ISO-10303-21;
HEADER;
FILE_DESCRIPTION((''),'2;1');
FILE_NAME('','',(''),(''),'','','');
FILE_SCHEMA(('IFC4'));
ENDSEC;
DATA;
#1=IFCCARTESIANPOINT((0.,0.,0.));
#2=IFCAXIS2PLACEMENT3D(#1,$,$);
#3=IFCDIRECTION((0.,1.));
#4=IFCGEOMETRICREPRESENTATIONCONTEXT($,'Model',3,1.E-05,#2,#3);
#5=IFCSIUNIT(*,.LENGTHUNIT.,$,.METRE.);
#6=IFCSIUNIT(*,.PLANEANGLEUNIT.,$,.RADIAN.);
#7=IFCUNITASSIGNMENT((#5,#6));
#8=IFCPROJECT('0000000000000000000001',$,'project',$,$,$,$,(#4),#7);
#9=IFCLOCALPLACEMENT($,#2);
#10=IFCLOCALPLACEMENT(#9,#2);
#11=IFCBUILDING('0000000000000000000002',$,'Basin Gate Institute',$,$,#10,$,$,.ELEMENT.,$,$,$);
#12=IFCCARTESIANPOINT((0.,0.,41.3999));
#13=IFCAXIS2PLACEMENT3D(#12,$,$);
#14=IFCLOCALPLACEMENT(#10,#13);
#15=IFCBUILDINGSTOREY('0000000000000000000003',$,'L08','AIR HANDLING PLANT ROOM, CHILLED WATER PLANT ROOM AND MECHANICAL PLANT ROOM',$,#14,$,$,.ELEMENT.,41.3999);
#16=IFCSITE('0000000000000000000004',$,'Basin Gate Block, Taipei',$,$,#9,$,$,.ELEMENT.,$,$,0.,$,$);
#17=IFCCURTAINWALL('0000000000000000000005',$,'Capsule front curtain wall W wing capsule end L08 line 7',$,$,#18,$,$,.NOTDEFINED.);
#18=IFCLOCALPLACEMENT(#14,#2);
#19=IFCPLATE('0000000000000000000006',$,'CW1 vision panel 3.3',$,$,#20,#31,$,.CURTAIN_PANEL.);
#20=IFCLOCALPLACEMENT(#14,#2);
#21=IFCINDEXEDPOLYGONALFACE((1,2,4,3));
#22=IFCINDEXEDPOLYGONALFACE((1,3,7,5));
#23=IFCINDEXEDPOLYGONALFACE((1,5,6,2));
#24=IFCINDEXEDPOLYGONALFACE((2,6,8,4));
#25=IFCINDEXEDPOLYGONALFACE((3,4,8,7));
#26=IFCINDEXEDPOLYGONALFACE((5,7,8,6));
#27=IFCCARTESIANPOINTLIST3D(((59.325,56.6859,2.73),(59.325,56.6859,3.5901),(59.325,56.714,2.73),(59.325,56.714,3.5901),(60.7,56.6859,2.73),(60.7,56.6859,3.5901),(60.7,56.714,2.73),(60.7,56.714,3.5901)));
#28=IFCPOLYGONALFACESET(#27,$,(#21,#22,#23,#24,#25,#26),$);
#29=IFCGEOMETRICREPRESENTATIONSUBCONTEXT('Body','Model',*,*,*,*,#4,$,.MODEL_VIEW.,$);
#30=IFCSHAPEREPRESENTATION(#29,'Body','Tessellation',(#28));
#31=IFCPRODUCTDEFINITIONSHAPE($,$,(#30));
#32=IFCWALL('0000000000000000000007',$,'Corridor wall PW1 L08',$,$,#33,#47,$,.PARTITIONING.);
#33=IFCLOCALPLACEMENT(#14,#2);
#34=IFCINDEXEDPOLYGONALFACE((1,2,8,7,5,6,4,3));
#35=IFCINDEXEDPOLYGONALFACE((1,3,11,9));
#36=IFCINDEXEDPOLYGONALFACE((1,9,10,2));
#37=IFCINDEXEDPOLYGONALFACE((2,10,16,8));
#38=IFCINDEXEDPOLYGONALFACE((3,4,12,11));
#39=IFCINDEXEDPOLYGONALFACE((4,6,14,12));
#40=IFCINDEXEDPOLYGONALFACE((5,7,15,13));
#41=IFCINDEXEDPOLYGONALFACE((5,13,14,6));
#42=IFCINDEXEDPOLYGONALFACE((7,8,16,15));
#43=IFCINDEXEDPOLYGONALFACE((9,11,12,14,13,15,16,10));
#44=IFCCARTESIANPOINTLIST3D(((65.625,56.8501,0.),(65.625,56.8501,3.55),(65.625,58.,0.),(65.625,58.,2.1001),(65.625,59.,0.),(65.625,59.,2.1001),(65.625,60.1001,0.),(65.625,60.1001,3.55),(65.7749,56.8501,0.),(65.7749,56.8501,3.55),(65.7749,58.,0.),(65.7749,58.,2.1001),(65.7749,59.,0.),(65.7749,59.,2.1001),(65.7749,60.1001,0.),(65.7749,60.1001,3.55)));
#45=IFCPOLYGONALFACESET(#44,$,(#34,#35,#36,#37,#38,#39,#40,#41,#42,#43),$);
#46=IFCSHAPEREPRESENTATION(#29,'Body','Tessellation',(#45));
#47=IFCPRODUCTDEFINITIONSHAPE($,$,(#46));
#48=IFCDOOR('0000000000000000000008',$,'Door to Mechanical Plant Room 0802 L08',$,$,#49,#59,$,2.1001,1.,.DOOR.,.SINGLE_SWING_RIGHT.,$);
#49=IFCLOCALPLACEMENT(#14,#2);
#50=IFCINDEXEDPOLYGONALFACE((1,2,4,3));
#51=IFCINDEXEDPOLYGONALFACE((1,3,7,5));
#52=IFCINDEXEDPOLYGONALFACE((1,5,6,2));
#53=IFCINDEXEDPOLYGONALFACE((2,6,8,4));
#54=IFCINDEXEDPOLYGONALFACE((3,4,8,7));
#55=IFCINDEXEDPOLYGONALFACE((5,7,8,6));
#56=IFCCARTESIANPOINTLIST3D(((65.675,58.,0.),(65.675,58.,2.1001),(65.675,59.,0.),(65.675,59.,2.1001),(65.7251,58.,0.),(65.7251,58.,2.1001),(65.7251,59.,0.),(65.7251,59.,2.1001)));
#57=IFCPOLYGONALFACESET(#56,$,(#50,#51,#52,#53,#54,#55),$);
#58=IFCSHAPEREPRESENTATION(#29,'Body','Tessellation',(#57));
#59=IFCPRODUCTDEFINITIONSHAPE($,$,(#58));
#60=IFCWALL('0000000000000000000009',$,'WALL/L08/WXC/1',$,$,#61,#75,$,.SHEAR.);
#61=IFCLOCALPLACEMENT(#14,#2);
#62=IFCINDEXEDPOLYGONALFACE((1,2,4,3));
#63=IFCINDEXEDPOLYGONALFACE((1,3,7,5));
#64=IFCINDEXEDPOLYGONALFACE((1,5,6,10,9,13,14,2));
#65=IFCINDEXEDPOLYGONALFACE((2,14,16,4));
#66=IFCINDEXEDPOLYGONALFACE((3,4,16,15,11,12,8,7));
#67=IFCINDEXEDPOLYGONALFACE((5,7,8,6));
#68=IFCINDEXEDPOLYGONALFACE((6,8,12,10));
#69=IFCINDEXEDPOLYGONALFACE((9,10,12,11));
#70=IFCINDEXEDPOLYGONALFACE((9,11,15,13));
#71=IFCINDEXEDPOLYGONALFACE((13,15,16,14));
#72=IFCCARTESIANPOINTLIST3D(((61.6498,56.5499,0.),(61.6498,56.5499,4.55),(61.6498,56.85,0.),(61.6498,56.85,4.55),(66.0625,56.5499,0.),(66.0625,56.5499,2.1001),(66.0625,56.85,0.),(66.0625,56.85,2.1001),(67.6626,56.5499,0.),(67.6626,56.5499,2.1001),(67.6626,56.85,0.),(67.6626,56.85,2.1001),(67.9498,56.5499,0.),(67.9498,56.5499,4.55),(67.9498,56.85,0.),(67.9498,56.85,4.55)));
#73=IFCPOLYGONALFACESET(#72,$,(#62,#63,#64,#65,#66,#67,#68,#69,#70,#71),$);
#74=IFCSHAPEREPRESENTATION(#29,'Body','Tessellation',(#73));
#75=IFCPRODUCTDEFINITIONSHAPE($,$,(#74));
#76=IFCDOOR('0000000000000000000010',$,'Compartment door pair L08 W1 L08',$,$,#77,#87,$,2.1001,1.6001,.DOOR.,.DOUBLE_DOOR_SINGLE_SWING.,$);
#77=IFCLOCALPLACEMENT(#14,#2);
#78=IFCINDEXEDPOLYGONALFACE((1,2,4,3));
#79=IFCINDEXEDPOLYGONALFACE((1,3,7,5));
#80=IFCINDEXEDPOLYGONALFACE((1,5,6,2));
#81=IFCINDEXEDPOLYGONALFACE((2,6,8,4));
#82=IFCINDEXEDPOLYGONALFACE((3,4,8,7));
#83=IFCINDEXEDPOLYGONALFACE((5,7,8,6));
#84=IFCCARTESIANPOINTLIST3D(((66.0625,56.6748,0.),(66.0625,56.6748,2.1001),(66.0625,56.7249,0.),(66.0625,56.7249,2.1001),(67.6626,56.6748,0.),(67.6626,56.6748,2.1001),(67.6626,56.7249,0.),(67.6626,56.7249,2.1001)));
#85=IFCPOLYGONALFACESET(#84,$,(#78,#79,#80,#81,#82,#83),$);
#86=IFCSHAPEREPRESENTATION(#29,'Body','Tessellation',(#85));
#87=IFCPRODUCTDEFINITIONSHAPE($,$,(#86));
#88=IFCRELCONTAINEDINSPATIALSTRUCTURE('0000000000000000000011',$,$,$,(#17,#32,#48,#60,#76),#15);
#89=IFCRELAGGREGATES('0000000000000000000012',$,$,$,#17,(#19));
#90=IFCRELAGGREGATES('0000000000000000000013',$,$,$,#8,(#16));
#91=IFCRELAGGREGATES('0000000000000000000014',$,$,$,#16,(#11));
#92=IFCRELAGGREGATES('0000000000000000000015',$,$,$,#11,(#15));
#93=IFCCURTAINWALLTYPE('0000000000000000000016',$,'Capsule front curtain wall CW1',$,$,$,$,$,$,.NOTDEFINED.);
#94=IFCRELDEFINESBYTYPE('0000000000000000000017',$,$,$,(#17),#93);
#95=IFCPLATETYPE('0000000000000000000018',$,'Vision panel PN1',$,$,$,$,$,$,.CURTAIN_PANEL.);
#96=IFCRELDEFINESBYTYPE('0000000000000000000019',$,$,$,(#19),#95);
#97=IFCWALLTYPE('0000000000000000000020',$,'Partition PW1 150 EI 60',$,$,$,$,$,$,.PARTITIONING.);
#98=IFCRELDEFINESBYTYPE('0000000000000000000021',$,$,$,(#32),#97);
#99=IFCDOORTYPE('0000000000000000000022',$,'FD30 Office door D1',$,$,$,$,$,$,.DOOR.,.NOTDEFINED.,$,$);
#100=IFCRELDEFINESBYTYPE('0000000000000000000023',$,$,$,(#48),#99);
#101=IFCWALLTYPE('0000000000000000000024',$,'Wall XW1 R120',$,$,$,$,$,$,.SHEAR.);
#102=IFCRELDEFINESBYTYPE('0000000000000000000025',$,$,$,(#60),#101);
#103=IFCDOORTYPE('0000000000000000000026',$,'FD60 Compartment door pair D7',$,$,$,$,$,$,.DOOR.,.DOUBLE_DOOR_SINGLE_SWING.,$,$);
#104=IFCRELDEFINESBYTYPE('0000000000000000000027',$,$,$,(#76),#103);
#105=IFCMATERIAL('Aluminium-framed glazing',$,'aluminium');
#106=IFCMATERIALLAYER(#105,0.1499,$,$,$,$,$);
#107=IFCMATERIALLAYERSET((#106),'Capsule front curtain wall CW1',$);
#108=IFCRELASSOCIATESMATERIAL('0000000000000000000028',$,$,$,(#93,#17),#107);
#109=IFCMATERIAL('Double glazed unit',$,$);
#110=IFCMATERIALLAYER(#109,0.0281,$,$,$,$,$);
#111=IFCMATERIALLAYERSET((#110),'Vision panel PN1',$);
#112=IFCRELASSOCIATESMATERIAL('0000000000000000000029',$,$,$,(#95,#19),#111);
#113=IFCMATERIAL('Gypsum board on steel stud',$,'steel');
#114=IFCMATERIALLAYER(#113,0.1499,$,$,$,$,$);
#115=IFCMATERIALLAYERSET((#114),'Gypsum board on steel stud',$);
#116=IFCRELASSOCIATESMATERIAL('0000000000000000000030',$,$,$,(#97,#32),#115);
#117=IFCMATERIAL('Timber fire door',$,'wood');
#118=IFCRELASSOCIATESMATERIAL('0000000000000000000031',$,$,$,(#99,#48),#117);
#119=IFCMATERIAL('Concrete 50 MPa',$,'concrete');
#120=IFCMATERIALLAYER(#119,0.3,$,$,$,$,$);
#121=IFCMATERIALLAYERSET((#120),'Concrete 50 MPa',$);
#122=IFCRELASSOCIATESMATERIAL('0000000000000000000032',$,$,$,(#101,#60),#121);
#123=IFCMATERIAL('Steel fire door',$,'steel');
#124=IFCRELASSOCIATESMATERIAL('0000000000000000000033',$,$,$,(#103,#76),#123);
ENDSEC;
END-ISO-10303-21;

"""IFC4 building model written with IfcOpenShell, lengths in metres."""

from ifc_helpers import new_model, si_unit, direction, frame, frame_2d, origin, origin_2d, place, context, subcontext, project, spatial, rectangle, extrude, material, layer, layer_set, type_object, element, fill, aggregate, save


model = new_model("IFC4")

# Units and contexts
model_context = context("Model", 3, precision=1e-05, world=origin(), true_north=direction((0.0, 1.0)))
body_context = subcontext(model_context, "Body", "Model", "MODEL_VIEW")
ifc_project = project(units=[si_unit("LENGTHUNIT", "METRE"), si_unit("PLANEANGLEUNIT", "RADIAN")], contexts=[model_context])

# Site, building, storey
site_placement = place(None, origin())
site = spatial("IfcSite", under=ifc_project, at=site_placement, Name="Basin Gate Block, Taipei", CompositionType="ELEMENT", RefElevation=0.0)
building_placement = place(site_placement, origin())
building = spatial("IfcBuilding", under=site, at=building_placement, Name="Basin Gate Institute", CompositionType="ELEMENT")
storey_placement = place(building_placement, frame((0.0, 0.0, 41.3999)))
storey = spatial("IfcBuildingStorey", under=building, at=storey_placement, Name="L08", Description="AIR HANDLING PLANT ROOM, CHILLED WATER PLANT ROOM AND MECHANICAL PLANT ROOM", CompositionType="ELEMENT", Elevation=41.3999)

# Shared definitions
ifc_material_1 = material(Name="Aluminium-framed glazing", Category="aluminium")
ifc_layer_1 = layer(ifc_material_1, 0.1499)
ifc_layer_set_1 = layer_set([ifc_layer_1], Name="Capsule front curtain wall CW1")
curtain_wall_type = type_object("IfcCurtainWallType", Name="Capsule front curtain wall CW1", PredefinedType="NOTDEFINED", material=ifc_layer_set_1)

# Curtain wall
curtain_wall_1_placement = place(storey_placement, origin())
curtain_wall_1 = element("IfcCurtainWall", 1, at=curtain_wall_1_placement, inside=storey, type_object=curtain_wall_type, material=ifc_layer_set_1, Name="Capsule front curtain wall W wing capsule end L08 line 7", PredefinedType="NOTDEFINED")

# Plate
ifc_material_2 = material(Name="Double glazed unit")
ifc_layer_2 = layer(ifc_material_2, 0.0281)
ifc_layer_set_2 = layer_set([ifc_layer_2], Name="Vision panel PN1")
plate_type_1 = type_object("IfcPlateType", Name="Vision panel PN1", PredefinedType="CURTAIN_PANEL", material=ifc_layer_set_2)
plate_1_placement = place(storey_placement, frame((60.0125, 56.7, 2.73), z_axis=(0.0, 0.0, 1.0), x_axis=(1.0, 0.0, 0.0)))
plate_1 = element("IfcPlate", 2, at=plate_1_placement, type_object=plate_type_1, material=ifc_layer_set_2, Name="CW1 vision panel 3.3", PredefinedType="CURTAIN_PANEL", context=body_context, shape_type="SweptSolid", body=[
    extrude(rectangle(XDim=1.375, YDim=0.0281, at=origin_2d()), origin(), (0.0, 0.0, 1.0), 0.8601),
])
aggregate(curtain_wall_1, [plate_1])

# Walls, openings, doors
ifc_material_3 = material(Name="Gypsum board on steel stud", Category="steel")
ifc_layer_3 = layer(ifc_material_3, 0.1499)
ifc_layer_set_3 = layer_set([ifc_layer_3], Name="Gypsum board on steel stud")
wall_type_1 = type_object("IfcWallType", Name="Partition PW1 150 EI 60", PredefinedType="PARTITIONING", material=ifc_layer_set_3)
wall_1_placement = place(storey_placement, frame((65.7, 56.8501, 0.0), z_axis=(0.0, 0.0, 1.0), x_axis=(0.0, 1.0, 0.0)))
wall_1 = element("IfcWall", 3, at=wall_1_placement, inside=storey, type_object=wall_type_1, material=ifc_layer_set_3, Name="Corridor wall PW1 L08", PredefinedType="PARTITIONING", context=body_context, shape_type="SweptSolid", body=[
    extrude(rectangle(XDim=3.25, YDim=0.1499, at=frame_2d((1.625, 0.0))), origin(), (0.0, 0.0, 1.0), 3.55),
])
opening_1_placement = place(wall_1_placement, frame((1.1499, 0.0, 0.0)))
opening_1 = element("IfcOpeningElement", 4, at=opening_1_placement, cuts=wall_1, PredefinedType="OPENING", context=body_context, shape_type="SweptSolid", body=[
    extrude(rectangle(XDim=1.0, YDim=2.1001, at=frame_2d((0.5, 1.05))), frame((0.0, 0.085, 0.0), z_axis=(0.0, -1.0, 0.0), x_axis=(1.0, 0.0, 0.0)), (0.0, 0.0, 1.0), 0.1699),
])
ifc_material_4 = material(Name="Timber fire door", Category="wood")
door_type_1 = type_object("IfcDoorType", Name="FD30 Office door D1", OperationType="NOTDEFINED", PredefinedType="DOOR", material=ifc_material_4)
door_1_placement = place(opening_1_placement, origin())
door_1 = element("IfcDoor", 5, at=door_1_placement, inside=storey, type_object=door_type_1, material=ifc_material_4, Name="Door to Mechanical Plant Room 0802 L08", OperationType="SINGLE_SWING_RIGHT", OverallHeight=2.1001, OverallWidth=1.0, PredefinedType="DOOR", context=body_context, shape_type="SweptSolid", body=[
    extrude(rectangle(XDim=1.0, YDim=2.1001, at=frame_2d((0.5, 1.05))), frame((0.0, 0.0249, 0.0), z_axis=(0.0, -1.0, 0.0), x_axis=(1.0, 0.0, 0.0)), (0.0, 0.0, 1.0), 0.05),
])
fill(opening_1, door_1)
ifc_material_5 = material(Name="Concrete 50 MPa", Category="concrete")
ifc_layer_4 = layer(ifc_material_5, 0.3)
ifc_layer_set_4 = layer_set([ifc_layer_4], Name="Concrete 50 MPa")
wall_type_2 = type_object("IfcWallType", Name="Wall XW1 R120", PredefinedType="SHEAR", material=ifc_layer_set_4)
wall_2_placement = place(storey_placement, frame((61.6499, 56.7, 0.0), z_axis=(0.0, 0.0, 1.0), x_axis=(1.0, 0.0, 0.0)))
wall_2 = element("IfcWall", 6, at=wall_2_placement, inside=storey, type_object=wall_type_2, material=ifc_layer_set_4, Name="WALL/L08/WXC/1", PredefinedType="SHEAR", context=body_context, shape_type="SweptSolid", body=[
    extrude(rectangle(XDim=6.3, YDim=0.3, at=frame_2d((3.1499, 0.0))), origin(), (0.0, 0.0, 1.0), 4.55),
])
opening_2_placement = place(wall_2_placement, frame((4.4126, 0.0, 0.0)))
opening_2 = element("IfcOpeningElement", 7, at=opening_2_placement, cuts=wall_2, PredefinedType="OPENING", context=body_context, shape_type="SweptSolid", body=[
    extrude(rectangle(XDim=1.6001, YDim=2.1001, at=frame_2d((0.8, 1.05))), frame((0.0, 0.1602, 0.0), z_axis=(0.0, -1.0, 0.0), x_axis=(1.0, 0.0, 0.0)), (0.0, 0.0, 1.0), 0.3201),
])
ifc_material_6 = material(Name="Steel fire door", Category="steel")
door_type_2 = type_object("IfcDoorType", Name="FD60 Compartment door pair D7", OperationType="DOUBLE_DOOR_SINGLE_SWING", PredefinedType="DOOR", material=ifc_material_6)
door_2_placement = place(opening_2_placement, origin())
door_2 = element("IfcDoor", 8, at=door_2_placement, inside=storey, type_object=door_type_2, material=ifc_material_6, Name="Compartment door pair L08 W1 L08", OperationType="DOUBLE_DOOR_SINGLE_SWING", OverallHeight=2.1001, OverallWidth=1.6001, PredefinedType="DOOR", context=body_context, shape_type="SweptSolid", body=[
    extrude(rectangle(XDim=1.6001, YDim=2.1001, at=frame_2d((0.8, 1.05))), frame((0.0, 0.0249, 0.0), z_axis=(0.0, -1.0, 0.0), x_axis=(1.0, 0.0, 0.0)), (0.0, 0.0, 1.0), 0.05),
])
fill(opening_2, door_2)

save(model, "model.ifc")
